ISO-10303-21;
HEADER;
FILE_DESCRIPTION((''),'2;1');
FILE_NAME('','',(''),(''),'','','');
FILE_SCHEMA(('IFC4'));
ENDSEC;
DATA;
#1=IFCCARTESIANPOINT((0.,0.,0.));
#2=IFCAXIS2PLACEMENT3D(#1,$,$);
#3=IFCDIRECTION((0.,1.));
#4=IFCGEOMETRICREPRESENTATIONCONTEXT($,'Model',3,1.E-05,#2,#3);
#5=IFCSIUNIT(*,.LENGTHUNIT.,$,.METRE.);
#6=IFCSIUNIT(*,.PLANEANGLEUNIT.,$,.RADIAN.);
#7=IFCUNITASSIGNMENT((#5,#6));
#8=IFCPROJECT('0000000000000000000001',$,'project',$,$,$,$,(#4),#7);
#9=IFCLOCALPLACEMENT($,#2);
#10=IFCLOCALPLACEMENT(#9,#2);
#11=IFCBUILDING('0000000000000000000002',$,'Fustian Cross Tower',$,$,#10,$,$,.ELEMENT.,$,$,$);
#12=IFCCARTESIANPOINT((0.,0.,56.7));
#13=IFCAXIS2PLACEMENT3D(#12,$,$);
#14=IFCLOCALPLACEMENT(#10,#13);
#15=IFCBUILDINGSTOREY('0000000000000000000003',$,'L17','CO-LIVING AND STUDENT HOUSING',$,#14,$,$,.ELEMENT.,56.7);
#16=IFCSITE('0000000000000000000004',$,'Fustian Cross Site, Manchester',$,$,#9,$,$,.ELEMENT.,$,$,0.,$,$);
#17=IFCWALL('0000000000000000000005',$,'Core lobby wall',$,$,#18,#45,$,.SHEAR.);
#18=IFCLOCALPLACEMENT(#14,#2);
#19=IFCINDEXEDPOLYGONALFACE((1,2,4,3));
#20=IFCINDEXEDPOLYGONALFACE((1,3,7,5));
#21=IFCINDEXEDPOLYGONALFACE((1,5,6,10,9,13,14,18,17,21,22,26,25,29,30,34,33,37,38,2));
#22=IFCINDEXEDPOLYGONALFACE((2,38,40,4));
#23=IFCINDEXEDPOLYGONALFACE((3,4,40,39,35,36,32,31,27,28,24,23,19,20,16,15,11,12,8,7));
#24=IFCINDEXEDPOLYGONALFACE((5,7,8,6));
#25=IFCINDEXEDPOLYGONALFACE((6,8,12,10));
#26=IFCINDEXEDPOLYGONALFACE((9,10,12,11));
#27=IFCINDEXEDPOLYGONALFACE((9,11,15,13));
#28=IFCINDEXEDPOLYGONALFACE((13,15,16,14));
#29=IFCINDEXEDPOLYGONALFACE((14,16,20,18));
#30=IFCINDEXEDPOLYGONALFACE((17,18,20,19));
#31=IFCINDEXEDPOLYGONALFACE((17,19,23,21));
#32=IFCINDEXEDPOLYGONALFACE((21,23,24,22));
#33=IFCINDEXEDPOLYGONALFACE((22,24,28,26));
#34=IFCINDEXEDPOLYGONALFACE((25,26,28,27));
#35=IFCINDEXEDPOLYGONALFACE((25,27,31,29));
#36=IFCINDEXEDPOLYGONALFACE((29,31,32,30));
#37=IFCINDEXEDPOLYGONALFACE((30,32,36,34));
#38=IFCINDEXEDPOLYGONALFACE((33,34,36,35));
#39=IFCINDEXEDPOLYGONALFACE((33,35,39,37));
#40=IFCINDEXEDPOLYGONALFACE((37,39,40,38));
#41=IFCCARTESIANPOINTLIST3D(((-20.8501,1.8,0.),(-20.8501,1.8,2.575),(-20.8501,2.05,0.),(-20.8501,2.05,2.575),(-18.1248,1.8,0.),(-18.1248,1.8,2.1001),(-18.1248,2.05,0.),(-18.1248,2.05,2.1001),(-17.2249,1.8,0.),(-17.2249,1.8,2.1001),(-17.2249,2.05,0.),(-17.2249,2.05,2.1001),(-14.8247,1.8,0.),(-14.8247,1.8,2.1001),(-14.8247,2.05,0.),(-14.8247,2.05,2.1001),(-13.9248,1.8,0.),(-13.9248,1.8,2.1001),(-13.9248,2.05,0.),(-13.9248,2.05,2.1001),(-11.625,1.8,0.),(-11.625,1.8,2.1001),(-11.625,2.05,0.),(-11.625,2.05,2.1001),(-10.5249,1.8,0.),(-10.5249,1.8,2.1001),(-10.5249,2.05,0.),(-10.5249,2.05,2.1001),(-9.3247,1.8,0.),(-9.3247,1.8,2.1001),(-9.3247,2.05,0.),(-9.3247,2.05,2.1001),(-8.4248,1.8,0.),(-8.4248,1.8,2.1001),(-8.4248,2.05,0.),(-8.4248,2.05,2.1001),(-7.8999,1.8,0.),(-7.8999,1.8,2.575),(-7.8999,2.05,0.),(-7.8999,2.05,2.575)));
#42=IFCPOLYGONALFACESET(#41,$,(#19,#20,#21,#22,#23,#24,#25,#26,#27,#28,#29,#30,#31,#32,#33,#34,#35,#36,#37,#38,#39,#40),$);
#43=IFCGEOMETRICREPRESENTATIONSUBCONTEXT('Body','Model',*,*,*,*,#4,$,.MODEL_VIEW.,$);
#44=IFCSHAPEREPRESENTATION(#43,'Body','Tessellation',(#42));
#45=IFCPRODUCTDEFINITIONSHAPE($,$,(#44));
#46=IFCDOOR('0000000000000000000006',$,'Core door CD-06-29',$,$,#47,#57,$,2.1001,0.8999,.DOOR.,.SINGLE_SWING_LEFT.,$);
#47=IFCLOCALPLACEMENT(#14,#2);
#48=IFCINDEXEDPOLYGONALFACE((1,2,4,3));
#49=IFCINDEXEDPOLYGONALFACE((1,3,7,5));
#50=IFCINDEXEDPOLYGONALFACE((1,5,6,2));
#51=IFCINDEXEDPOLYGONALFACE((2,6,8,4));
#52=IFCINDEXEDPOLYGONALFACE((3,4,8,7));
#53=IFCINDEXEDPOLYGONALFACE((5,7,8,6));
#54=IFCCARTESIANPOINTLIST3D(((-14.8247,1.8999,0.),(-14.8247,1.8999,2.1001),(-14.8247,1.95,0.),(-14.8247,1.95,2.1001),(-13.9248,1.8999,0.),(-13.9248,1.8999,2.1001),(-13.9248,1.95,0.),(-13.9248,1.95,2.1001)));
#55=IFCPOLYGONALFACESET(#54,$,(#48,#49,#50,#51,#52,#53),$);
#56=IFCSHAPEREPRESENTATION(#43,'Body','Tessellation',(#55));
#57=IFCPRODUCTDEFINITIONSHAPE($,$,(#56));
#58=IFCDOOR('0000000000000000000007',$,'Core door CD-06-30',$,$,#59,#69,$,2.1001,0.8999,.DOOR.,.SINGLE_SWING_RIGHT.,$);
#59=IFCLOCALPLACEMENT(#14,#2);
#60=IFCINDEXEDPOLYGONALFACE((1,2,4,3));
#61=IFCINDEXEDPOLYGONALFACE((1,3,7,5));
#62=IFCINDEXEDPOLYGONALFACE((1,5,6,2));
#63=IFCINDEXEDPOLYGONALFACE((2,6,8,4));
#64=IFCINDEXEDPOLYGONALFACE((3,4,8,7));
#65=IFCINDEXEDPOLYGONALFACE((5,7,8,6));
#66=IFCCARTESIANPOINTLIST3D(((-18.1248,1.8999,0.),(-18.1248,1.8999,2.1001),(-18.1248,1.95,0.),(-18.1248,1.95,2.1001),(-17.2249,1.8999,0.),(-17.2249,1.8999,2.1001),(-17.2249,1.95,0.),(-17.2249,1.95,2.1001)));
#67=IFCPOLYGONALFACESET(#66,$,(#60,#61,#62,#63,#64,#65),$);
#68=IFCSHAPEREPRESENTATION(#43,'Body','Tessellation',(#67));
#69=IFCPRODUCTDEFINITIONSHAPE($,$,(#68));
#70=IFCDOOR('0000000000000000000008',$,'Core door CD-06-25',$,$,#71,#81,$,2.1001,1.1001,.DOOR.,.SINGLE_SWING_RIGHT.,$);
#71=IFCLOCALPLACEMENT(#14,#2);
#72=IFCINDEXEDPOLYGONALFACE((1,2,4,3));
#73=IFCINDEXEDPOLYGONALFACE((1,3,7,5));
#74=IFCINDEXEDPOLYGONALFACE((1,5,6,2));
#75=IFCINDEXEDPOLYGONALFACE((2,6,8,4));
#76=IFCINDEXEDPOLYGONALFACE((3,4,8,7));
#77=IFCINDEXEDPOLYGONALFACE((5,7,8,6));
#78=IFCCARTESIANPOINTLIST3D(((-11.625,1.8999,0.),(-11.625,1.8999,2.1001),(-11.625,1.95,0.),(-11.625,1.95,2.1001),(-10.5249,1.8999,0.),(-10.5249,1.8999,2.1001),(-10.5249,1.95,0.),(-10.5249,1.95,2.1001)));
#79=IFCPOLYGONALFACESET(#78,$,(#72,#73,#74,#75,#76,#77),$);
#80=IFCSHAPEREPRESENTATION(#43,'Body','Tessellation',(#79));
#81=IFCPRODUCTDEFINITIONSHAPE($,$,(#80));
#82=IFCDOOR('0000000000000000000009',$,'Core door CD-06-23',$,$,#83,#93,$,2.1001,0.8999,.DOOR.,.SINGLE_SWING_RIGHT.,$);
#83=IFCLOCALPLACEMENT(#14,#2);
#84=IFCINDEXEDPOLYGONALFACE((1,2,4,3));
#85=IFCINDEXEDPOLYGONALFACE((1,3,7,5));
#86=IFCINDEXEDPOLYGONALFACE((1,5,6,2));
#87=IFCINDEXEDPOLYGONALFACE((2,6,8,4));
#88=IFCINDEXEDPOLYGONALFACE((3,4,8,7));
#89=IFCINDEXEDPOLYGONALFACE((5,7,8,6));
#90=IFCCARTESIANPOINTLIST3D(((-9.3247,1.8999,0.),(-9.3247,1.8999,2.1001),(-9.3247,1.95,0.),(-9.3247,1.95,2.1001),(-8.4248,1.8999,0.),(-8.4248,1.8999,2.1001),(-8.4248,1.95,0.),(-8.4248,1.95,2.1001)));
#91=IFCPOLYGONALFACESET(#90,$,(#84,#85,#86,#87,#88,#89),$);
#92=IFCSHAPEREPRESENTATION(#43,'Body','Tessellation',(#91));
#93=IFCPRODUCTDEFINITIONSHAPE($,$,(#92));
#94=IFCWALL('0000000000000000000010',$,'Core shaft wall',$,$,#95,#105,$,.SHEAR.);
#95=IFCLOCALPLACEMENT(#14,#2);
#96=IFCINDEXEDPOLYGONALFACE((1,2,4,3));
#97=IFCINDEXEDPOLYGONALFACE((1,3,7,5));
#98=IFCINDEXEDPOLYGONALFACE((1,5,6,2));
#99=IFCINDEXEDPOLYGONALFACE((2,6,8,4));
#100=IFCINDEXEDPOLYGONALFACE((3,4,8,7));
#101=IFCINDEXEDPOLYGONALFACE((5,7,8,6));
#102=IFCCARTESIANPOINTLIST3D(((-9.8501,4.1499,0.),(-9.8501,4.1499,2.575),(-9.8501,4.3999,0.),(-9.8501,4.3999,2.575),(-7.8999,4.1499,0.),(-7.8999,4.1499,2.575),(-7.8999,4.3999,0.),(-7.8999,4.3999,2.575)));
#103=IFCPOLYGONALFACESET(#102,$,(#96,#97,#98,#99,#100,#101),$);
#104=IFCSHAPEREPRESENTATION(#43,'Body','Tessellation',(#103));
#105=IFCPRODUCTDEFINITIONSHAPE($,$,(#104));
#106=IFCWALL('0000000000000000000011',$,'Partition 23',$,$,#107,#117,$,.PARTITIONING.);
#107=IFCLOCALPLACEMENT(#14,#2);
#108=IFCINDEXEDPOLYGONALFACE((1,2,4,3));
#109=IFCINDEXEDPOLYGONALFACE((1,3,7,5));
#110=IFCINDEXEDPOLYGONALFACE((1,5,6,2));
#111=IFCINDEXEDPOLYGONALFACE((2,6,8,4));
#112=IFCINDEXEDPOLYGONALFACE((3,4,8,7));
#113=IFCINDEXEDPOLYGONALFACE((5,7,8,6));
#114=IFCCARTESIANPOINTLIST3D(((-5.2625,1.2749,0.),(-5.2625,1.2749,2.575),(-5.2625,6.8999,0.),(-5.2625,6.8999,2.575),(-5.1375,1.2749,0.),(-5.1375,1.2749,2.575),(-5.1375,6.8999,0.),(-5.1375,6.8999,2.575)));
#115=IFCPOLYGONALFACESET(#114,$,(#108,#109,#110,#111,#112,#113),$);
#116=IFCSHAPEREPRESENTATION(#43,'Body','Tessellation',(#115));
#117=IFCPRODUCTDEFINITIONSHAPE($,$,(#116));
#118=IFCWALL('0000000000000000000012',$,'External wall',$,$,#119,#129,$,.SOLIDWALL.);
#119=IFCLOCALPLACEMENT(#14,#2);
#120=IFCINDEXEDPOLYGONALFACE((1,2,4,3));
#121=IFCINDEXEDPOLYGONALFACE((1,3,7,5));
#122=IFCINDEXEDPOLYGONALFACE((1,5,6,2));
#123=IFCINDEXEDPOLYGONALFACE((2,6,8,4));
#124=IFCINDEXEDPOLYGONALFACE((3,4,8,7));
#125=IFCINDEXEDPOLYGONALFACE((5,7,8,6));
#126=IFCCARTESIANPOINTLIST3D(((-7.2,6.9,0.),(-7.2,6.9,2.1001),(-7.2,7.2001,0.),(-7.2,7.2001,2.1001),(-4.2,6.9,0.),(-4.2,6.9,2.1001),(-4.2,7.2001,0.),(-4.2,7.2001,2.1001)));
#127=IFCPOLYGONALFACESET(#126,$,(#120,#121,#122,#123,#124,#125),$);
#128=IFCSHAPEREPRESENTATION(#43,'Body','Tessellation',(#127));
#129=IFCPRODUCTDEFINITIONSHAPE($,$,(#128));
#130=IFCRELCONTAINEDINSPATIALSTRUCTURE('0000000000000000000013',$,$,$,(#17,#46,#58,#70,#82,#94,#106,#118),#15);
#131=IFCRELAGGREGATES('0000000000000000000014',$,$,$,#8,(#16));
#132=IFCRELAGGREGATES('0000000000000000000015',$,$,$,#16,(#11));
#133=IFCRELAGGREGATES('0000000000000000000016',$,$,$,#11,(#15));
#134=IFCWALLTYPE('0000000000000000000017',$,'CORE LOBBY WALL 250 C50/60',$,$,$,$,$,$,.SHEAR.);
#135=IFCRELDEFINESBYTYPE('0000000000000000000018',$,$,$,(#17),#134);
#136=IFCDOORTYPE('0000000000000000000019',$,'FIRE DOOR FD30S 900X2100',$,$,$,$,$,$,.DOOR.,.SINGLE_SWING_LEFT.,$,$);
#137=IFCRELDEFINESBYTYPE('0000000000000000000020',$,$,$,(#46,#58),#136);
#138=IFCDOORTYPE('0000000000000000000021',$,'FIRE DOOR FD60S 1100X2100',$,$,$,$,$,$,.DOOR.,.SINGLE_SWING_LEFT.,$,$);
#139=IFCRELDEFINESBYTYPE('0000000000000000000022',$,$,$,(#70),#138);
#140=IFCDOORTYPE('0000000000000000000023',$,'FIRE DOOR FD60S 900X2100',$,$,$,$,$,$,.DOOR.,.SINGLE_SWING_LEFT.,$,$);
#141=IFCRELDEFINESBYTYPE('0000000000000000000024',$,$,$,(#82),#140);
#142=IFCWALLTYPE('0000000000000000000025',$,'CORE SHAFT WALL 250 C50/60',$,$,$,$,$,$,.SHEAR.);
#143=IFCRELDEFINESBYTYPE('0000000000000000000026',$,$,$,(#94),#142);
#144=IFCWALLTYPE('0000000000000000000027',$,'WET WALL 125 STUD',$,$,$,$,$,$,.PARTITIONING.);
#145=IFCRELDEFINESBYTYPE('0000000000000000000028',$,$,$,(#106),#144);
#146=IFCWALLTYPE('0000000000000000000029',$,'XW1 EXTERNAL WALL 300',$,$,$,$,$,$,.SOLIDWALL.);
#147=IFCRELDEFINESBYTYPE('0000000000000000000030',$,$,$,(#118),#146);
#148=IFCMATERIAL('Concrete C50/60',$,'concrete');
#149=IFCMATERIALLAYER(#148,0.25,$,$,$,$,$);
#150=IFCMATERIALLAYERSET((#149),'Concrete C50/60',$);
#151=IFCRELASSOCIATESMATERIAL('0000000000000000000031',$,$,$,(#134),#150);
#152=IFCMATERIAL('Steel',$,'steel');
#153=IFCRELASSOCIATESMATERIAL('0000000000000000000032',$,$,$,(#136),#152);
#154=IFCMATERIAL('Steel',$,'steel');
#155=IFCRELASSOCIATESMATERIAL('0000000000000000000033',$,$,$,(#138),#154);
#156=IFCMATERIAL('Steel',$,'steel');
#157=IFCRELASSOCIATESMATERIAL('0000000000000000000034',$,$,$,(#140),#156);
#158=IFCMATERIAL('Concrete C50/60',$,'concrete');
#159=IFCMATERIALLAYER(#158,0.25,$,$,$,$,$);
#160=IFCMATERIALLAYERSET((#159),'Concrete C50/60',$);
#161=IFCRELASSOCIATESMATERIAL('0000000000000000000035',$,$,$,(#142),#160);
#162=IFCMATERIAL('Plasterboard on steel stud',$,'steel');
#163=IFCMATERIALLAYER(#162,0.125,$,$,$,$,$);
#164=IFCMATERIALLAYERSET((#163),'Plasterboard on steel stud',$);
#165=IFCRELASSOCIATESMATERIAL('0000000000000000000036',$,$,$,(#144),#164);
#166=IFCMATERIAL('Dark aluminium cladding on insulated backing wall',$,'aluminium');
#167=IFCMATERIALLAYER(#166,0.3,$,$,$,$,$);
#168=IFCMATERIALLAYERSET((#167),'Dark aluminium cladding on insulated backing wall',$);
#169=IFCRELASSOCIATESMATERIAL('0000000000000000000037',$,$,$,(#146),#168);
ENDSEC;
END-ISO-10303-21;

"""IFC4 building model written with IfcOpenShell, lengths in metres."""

from ifc_helpers import new_model, si_unit, direction, frame, frame_2d, origin, place, context, subcontext, project, spatial, rectangle, extrude, material, layer, layer_set, type_object, element, fill, save


model = new_model("IFC4")

# Units and contexts
model_context = context("Model", 3, precision=1e-05, world=origin(), true_north=direction((0.0, 1.0)))
body_context = subcontext(model_context, "Body", "Model", "MODEL_VIEW")
ifc_project = project(units=[si_unit("LENGTHUNIT", "METRE"), si_unit("PLANEANGLEUNIT", "RADIAN")], contexts=[model_context])

# Site, building, storey
site_placement = place(None, origin())
site = spatial("IfcSite", under=ifc_project, at=site_placement, Name="Fustian Cross Site, Manchester", CompositionType="ELEMENT", RefElevation=0.0)
building_placement = place(site_placement, origin())
building = spatial("IfcBuilding", under=site, at=building_placement, Name="Fustian Cross Tower", CompositionType="ELEMENT")
storey_placement = place(building_placement, frame((0.0, 0.0, 56.7)))
storey = spatial("IfcBuildingStorey", under=building, at=storey_placement, Name="L17", Description="CO-LIVING AND STUDENT HOUSING", CompositionType="ELEMENT", Elevation=56.7)

# Wall, openings, doors
ifc_material_1 = material(Name="Concrete C50/60", Category="concrete")
ifc_layer_1 = layer(ifc_material_1, 0.25)
ifc_layer_set_1 = layer_set([ifc_layer_1], Name="Concrete C50/60")
wall_type_1 = type_object("IfcWallType", Name="CORE LOBBY WALL 250 C50/60", PredefinedType="SHEAR", material=ifc_layer_set_1)
wall_1_placement = place(storey_placement, frame((-7.8999, 1.925, 0.0), z_axis=(0.0, 0.0, 1.0), x_axis=(-1.0, 0.0, 0.0)))
wall_1 = element("IfcWall", 1, at=wall_1_placement, inside=storey, type_object=wall_type_1, Name="Core lobby wall", PredefinedType="SHEAR", context=body_context, shape_type="SweptSolid", body=[
    extrude(rectangle(XDim=12.9502, YDim=0.25, at=frame_2d((6.4751, 0.0))), origin(), (0.0, 0.0, 1.0), 2.575),
])
opening_1_placement = place(wall_1_placement, frame((0.5249, 0.0, 0.0)))
opening_1 = element("IfcOpeningElement", 2, at=opening_1_placement, cuts=wall_1, PredefinedType="OPENING", context=body_context, shape_type="SweptSolid", body=[
    extrude(rectangle(XDim=0.8999, YDim=2.1001, at=frame_2d((0.45, 1.05))), frame((0.0, 0.135, 0.0), z_axis=(0.0, -1.0, 0.0), x_axis=(1.0, 0.0, 0.0)), (0.0, 0.0, 1.0), 0.27),
])
opening_2_placement = place(wall_1_placement, frame((2.625, 0.0, 0.0)))
opening_2 = element("IfcOpeningElement", 3, at=opening_2_placement, cuts=wall_1, PredefinedType="OPENING", context=body_context, shape_type="SweptSolid", body=[
    extrude(rectangle(XDim=1.1001, YDim=2.1001, at=frame_2d((0.55, 1.05))), frame((0.0, 0.135, 0.0), z_axis=(0.0, -1.0, 0.0), x_axis=(1.0, 0.0, 0.0)), (0.0, 0.0, 1.0), 0.27),
])
opening_3_placement = place(wall_1_placement, frame((6.0249, 0.0, 0.0)))
opening_3 = element("IfcOpeningElement", 4, at=opening_3_placement, cuts=wall_1, PredefinedType="OPENING", context=body_context, shape_type="SweptSolid", body=[
    extrude(rectangle(XDim=0.8999, YDim=2.1001, at=frame_2d((0.45, 1.05))), frame((0.0, 0.135, 0.0), z_axis=(0.0, -1.0, 0.0), x_axis=(1.0, 0.0, 0.0)), (0.0, 0.0, 1.0), 0.27),
])
opening_4_placement = place(wall_1_placement, frame((9.325, 0.0, 0.0)))
opening_4 = element("IfcOpeningElement", 5, at=opening_4_placement, cuts=wall_1, PredefinedType="OPENING", context=body_context, shape_type="SweptSolid", body=[
    extrude(rectangle(XDim=0.8999, YDim=2.1001, at=frame_2d((0.45, 1.05))), frame((0.0, 0.135, 0.0), z_axis=(0.0, -1.0, 0.0), x_axis=(1.0, 0.0, 0.0)), (0.0, 0.0, 1.0), 0.27),
])
ifc_material_2 = material(Name="Steel", Category="steel")
door_type_1 = type_object("IfcDoorType", Name="FIRE DOOR FD30S 900X2100", OperationType="SINGLE_SWING_LEFT", PredefinedType="DOOR", material=ifc_material_2)
door_1_placement = place(opening_3_placement, frame((0.8999, 0.0, 0.0), z_axis=(0.0, 0.0, 1.0), x_axis=(-1.0, 0.0, 0.0)))
door_1 = element("IfcDoor", 6, at=door_1_placement, inside=storey, type_object=door_type_1, Name="Core door CD-06-29", OperationType="SINGLE_SWING_LEFT", OverallHeight=2.1001, OverallWidth=0.8999, PredefinedType="DOOR", context=body_context, shape_type="SweptSolid", body=[
    extrude(rectangle(XDim=0.8999, YDim=2.1001, at=frame_2d((0.45, 1.05))), frame((0.0, 0.0249, 0.0), z_axis=(0.0, -1.0, 0.0), x_axis=(1.0, 0.0, 0.0)), (0.0, 0.0, 1.0), 0.05),
])
fill(opening_3, door_1)
door_2_placement = place(opening_4_placement, frame((0.8999, 0.0, 0.0), z_axis=(0.0, 0.0, 1.0), x_axis=(-1.0, 0.0, 0.0)))
door_2 = element("IfcDoor", 7, at=door_2_placement, inside=storey, type_object=door_type_1, Name="Core door CD-06-30", OperationType="SINGLE_SWING_RIGHT", OverallHeight=2.1001, OverallWidth=0.8999, PredefinedType="DOOR", context=body_context, shape_type="SweptSolid", body=[
    extrude(rectangle(XDim=0.8999, YDim=2.1001, at=frame_2d((0.45, 1.05))), frame((0.0, 0.0249, 0.0), z_axis=(0.0, -1.0, 0.0), x_axis=(1.0, 0.0, 0.0)), (0.0, 0.0, 1.0), 0.05),
])
fill(opening_4, door_2)
ifc_material_3 = material(Name="Steel", Category="steel")
door_type_2 = type_object("IfcDoorType", Name="FIRE DOOR FD60S 1100X2100", OperationType="SINGLE_SWING_LEFT", PredefinedType="DOOR", material=ifc_material_3)
door_3_placement = place(opening_2_placement, frame((1.1001, 0.0, 0.0), z_axis=(0.0, 0.0, 1.0), x_axis=(-1.0, 0.0, 0.0)))
door_3 = element("IfcDoor", 8, at=door_3_placement, inside=storey, type_object=door_type_2, Name="Core door CD-06-25", OperationType="SINGLE_SWING_RIGHT", OverallHeight=2.1001, OverallWidth=1.1001, PredefinedType="DOOR", context=body_context, shape_type="SweptSolid", body=[
    extrude(rectangle(XDim=1.1001, YDim=2.1001, at=frame_2d((0.55, 1.05))), frame((0.0, 0.0249, 0.0), z_axis=(0.0, -1.0, 0.0), x_axis=(1.0, 0.0, 0.0)), (0.0, 0.0, 1.0), 0.05),
])
fill(opening_2, door_3)
ifc_material_4 = material(Name="Steel", Category="steel")
door_type_3 = type_object("IfcDoorType", Name="FIRE DOOR FD60S 900X2100", OperationType="SINGLE_SWING_LEFT", PredefinedType="DOOR", material=ifc_material_4)
door_4_placement = place(opening_1_placement, frame((0.8999, 0.0, 0.0), z_axis=(0.0, 0.0, 1.0), x_axis=(-1.0, 0.0, 0.0)))
door_4 = element("IfcDoor", 9, at=door_4_placement, inside=storey, type_object=door_type_3, Name="Core door CD-06-23", OperationType="SINGLE_SWING_RIGHT", OverallHeight=2.1001, OverallWidth=0.8999, PredefinedType="DOOR", context=body_context, shape_type="SweptSolid", body=[
    extrude(rectangle(XDim=0.8999, YDim=2.1001, at=frame_2d((0.45, 1.05))), frame((0.0, 0.0249, 0.0), z_axis=(0.0, -1.0, 0.0), x_axis=(1.0, 0.0, 0.0)), (0.0, 0.0, 1.0), 0.05),
])
fill(opening_1, door_4)

# Walls
ifc_material_5 = material(Name="Concrete C50/60", Category="concrete")
ifc_layer_2 = layer(ifc_material_5, 0.25)
ifc_layer_set_2 = layer_set([ifc_layer_2], Name="Concrete C50/60")
wall_type_2 = type_object("IfcWallType", Name="CORE SHAFT WALL 250 C50/60", PredefinedType="SHEAR", material=ifc_layer_set_2)
wall_2_placement = place(storey_placement, frame((-7.8999, 4.2749, 0.0), z_axis=(0.0, 0.0, 1.0), x_axis=(-1.0, 0.0, 0.0)))
element("IfcWall", 10, at=wall_2_placement, inside=storey, type_object=wall_type_2, Name="Core shaft wall", PredefinedType="SHEAR", context=body_context, shape_type="SweptSolid", body=[
    extrude(rectangle(XDim=1.9502, YDim=0.25, at=frame_2d((0.9751, 0.0))), origin(), (0.0, 0.0, 1.0), 2.575),
])
ifc_material_6 = material(Name="Plasterboard on steel stud", Category="steel")
ifc_layer_3 = layer(ifc_material_6, 0.125)
ifc_layer_set_3 = layer_set([ifc_layer_3], Name="Plasterboard on steel stud")
wall_type_3 = type_object("IfcWallType", Name="WET WALL 125 STUD", PredefinedType="PARTITIONING", material=ifc_layer_set_3)
wall_3_placement = place(storey_placement, frame((-5.2, 1.2749, 0.0), z_axis=(0.0, 0.0, 1.0), x_axis=(0.0, 1.0, 0.0)))
element("IfcWall", 11, at=wall_3_placement, inside=storey, type_object=wall_type_3, Name="Partition 23", PredefinedType="PARTITIONING", context=body_context, shape_type="SweptSolid", body=[
    extrude(rectangle(XDim=5.625, YDim=0.125, at=frame_2d((2.8125, 0.0))), origin(), (0.0, 0.0, 1.0), 2.575),
])
ifc_material_7 = material(Name="Dark aluminium cladding on insulated backing wall", Category="aluminium")
ifc_layer_4 = layer(ifc_material_7, 0.3)
ifc_layer_set_4 = layer_set([ifc_layer_4], Name="Dark aluminium cladding on insulated backing wall")
wall_type_4 = type_object("IfcWallType", Name="XW1 EXTERNAL WALL 300", PredefinedType="SOLIDWALL", material=ifc_layer_set_4)
wall_4_placement = place(storey_placement, frame((-4.2, 7.05, 0.0), z_axis=(0.0, 0.0, 1.0), x_axis=(-1.0, 0.0, 0.0)))
element("IfcWall", 12, at=wall_4_placement, inside=storey, type_object=wall_type_4, Name="External wall", PredefinedType="SOLIDWALL", context=body_context, shape_type="SweptSolid", body=[
    extrude(rectangle(XDim=3.0, YDim=0.3, at=frame_2d((1.5, 0.0))), origin(), (0.0, 0.0, 1.0), 2.1001),
])

save(model, "model.ifc")
